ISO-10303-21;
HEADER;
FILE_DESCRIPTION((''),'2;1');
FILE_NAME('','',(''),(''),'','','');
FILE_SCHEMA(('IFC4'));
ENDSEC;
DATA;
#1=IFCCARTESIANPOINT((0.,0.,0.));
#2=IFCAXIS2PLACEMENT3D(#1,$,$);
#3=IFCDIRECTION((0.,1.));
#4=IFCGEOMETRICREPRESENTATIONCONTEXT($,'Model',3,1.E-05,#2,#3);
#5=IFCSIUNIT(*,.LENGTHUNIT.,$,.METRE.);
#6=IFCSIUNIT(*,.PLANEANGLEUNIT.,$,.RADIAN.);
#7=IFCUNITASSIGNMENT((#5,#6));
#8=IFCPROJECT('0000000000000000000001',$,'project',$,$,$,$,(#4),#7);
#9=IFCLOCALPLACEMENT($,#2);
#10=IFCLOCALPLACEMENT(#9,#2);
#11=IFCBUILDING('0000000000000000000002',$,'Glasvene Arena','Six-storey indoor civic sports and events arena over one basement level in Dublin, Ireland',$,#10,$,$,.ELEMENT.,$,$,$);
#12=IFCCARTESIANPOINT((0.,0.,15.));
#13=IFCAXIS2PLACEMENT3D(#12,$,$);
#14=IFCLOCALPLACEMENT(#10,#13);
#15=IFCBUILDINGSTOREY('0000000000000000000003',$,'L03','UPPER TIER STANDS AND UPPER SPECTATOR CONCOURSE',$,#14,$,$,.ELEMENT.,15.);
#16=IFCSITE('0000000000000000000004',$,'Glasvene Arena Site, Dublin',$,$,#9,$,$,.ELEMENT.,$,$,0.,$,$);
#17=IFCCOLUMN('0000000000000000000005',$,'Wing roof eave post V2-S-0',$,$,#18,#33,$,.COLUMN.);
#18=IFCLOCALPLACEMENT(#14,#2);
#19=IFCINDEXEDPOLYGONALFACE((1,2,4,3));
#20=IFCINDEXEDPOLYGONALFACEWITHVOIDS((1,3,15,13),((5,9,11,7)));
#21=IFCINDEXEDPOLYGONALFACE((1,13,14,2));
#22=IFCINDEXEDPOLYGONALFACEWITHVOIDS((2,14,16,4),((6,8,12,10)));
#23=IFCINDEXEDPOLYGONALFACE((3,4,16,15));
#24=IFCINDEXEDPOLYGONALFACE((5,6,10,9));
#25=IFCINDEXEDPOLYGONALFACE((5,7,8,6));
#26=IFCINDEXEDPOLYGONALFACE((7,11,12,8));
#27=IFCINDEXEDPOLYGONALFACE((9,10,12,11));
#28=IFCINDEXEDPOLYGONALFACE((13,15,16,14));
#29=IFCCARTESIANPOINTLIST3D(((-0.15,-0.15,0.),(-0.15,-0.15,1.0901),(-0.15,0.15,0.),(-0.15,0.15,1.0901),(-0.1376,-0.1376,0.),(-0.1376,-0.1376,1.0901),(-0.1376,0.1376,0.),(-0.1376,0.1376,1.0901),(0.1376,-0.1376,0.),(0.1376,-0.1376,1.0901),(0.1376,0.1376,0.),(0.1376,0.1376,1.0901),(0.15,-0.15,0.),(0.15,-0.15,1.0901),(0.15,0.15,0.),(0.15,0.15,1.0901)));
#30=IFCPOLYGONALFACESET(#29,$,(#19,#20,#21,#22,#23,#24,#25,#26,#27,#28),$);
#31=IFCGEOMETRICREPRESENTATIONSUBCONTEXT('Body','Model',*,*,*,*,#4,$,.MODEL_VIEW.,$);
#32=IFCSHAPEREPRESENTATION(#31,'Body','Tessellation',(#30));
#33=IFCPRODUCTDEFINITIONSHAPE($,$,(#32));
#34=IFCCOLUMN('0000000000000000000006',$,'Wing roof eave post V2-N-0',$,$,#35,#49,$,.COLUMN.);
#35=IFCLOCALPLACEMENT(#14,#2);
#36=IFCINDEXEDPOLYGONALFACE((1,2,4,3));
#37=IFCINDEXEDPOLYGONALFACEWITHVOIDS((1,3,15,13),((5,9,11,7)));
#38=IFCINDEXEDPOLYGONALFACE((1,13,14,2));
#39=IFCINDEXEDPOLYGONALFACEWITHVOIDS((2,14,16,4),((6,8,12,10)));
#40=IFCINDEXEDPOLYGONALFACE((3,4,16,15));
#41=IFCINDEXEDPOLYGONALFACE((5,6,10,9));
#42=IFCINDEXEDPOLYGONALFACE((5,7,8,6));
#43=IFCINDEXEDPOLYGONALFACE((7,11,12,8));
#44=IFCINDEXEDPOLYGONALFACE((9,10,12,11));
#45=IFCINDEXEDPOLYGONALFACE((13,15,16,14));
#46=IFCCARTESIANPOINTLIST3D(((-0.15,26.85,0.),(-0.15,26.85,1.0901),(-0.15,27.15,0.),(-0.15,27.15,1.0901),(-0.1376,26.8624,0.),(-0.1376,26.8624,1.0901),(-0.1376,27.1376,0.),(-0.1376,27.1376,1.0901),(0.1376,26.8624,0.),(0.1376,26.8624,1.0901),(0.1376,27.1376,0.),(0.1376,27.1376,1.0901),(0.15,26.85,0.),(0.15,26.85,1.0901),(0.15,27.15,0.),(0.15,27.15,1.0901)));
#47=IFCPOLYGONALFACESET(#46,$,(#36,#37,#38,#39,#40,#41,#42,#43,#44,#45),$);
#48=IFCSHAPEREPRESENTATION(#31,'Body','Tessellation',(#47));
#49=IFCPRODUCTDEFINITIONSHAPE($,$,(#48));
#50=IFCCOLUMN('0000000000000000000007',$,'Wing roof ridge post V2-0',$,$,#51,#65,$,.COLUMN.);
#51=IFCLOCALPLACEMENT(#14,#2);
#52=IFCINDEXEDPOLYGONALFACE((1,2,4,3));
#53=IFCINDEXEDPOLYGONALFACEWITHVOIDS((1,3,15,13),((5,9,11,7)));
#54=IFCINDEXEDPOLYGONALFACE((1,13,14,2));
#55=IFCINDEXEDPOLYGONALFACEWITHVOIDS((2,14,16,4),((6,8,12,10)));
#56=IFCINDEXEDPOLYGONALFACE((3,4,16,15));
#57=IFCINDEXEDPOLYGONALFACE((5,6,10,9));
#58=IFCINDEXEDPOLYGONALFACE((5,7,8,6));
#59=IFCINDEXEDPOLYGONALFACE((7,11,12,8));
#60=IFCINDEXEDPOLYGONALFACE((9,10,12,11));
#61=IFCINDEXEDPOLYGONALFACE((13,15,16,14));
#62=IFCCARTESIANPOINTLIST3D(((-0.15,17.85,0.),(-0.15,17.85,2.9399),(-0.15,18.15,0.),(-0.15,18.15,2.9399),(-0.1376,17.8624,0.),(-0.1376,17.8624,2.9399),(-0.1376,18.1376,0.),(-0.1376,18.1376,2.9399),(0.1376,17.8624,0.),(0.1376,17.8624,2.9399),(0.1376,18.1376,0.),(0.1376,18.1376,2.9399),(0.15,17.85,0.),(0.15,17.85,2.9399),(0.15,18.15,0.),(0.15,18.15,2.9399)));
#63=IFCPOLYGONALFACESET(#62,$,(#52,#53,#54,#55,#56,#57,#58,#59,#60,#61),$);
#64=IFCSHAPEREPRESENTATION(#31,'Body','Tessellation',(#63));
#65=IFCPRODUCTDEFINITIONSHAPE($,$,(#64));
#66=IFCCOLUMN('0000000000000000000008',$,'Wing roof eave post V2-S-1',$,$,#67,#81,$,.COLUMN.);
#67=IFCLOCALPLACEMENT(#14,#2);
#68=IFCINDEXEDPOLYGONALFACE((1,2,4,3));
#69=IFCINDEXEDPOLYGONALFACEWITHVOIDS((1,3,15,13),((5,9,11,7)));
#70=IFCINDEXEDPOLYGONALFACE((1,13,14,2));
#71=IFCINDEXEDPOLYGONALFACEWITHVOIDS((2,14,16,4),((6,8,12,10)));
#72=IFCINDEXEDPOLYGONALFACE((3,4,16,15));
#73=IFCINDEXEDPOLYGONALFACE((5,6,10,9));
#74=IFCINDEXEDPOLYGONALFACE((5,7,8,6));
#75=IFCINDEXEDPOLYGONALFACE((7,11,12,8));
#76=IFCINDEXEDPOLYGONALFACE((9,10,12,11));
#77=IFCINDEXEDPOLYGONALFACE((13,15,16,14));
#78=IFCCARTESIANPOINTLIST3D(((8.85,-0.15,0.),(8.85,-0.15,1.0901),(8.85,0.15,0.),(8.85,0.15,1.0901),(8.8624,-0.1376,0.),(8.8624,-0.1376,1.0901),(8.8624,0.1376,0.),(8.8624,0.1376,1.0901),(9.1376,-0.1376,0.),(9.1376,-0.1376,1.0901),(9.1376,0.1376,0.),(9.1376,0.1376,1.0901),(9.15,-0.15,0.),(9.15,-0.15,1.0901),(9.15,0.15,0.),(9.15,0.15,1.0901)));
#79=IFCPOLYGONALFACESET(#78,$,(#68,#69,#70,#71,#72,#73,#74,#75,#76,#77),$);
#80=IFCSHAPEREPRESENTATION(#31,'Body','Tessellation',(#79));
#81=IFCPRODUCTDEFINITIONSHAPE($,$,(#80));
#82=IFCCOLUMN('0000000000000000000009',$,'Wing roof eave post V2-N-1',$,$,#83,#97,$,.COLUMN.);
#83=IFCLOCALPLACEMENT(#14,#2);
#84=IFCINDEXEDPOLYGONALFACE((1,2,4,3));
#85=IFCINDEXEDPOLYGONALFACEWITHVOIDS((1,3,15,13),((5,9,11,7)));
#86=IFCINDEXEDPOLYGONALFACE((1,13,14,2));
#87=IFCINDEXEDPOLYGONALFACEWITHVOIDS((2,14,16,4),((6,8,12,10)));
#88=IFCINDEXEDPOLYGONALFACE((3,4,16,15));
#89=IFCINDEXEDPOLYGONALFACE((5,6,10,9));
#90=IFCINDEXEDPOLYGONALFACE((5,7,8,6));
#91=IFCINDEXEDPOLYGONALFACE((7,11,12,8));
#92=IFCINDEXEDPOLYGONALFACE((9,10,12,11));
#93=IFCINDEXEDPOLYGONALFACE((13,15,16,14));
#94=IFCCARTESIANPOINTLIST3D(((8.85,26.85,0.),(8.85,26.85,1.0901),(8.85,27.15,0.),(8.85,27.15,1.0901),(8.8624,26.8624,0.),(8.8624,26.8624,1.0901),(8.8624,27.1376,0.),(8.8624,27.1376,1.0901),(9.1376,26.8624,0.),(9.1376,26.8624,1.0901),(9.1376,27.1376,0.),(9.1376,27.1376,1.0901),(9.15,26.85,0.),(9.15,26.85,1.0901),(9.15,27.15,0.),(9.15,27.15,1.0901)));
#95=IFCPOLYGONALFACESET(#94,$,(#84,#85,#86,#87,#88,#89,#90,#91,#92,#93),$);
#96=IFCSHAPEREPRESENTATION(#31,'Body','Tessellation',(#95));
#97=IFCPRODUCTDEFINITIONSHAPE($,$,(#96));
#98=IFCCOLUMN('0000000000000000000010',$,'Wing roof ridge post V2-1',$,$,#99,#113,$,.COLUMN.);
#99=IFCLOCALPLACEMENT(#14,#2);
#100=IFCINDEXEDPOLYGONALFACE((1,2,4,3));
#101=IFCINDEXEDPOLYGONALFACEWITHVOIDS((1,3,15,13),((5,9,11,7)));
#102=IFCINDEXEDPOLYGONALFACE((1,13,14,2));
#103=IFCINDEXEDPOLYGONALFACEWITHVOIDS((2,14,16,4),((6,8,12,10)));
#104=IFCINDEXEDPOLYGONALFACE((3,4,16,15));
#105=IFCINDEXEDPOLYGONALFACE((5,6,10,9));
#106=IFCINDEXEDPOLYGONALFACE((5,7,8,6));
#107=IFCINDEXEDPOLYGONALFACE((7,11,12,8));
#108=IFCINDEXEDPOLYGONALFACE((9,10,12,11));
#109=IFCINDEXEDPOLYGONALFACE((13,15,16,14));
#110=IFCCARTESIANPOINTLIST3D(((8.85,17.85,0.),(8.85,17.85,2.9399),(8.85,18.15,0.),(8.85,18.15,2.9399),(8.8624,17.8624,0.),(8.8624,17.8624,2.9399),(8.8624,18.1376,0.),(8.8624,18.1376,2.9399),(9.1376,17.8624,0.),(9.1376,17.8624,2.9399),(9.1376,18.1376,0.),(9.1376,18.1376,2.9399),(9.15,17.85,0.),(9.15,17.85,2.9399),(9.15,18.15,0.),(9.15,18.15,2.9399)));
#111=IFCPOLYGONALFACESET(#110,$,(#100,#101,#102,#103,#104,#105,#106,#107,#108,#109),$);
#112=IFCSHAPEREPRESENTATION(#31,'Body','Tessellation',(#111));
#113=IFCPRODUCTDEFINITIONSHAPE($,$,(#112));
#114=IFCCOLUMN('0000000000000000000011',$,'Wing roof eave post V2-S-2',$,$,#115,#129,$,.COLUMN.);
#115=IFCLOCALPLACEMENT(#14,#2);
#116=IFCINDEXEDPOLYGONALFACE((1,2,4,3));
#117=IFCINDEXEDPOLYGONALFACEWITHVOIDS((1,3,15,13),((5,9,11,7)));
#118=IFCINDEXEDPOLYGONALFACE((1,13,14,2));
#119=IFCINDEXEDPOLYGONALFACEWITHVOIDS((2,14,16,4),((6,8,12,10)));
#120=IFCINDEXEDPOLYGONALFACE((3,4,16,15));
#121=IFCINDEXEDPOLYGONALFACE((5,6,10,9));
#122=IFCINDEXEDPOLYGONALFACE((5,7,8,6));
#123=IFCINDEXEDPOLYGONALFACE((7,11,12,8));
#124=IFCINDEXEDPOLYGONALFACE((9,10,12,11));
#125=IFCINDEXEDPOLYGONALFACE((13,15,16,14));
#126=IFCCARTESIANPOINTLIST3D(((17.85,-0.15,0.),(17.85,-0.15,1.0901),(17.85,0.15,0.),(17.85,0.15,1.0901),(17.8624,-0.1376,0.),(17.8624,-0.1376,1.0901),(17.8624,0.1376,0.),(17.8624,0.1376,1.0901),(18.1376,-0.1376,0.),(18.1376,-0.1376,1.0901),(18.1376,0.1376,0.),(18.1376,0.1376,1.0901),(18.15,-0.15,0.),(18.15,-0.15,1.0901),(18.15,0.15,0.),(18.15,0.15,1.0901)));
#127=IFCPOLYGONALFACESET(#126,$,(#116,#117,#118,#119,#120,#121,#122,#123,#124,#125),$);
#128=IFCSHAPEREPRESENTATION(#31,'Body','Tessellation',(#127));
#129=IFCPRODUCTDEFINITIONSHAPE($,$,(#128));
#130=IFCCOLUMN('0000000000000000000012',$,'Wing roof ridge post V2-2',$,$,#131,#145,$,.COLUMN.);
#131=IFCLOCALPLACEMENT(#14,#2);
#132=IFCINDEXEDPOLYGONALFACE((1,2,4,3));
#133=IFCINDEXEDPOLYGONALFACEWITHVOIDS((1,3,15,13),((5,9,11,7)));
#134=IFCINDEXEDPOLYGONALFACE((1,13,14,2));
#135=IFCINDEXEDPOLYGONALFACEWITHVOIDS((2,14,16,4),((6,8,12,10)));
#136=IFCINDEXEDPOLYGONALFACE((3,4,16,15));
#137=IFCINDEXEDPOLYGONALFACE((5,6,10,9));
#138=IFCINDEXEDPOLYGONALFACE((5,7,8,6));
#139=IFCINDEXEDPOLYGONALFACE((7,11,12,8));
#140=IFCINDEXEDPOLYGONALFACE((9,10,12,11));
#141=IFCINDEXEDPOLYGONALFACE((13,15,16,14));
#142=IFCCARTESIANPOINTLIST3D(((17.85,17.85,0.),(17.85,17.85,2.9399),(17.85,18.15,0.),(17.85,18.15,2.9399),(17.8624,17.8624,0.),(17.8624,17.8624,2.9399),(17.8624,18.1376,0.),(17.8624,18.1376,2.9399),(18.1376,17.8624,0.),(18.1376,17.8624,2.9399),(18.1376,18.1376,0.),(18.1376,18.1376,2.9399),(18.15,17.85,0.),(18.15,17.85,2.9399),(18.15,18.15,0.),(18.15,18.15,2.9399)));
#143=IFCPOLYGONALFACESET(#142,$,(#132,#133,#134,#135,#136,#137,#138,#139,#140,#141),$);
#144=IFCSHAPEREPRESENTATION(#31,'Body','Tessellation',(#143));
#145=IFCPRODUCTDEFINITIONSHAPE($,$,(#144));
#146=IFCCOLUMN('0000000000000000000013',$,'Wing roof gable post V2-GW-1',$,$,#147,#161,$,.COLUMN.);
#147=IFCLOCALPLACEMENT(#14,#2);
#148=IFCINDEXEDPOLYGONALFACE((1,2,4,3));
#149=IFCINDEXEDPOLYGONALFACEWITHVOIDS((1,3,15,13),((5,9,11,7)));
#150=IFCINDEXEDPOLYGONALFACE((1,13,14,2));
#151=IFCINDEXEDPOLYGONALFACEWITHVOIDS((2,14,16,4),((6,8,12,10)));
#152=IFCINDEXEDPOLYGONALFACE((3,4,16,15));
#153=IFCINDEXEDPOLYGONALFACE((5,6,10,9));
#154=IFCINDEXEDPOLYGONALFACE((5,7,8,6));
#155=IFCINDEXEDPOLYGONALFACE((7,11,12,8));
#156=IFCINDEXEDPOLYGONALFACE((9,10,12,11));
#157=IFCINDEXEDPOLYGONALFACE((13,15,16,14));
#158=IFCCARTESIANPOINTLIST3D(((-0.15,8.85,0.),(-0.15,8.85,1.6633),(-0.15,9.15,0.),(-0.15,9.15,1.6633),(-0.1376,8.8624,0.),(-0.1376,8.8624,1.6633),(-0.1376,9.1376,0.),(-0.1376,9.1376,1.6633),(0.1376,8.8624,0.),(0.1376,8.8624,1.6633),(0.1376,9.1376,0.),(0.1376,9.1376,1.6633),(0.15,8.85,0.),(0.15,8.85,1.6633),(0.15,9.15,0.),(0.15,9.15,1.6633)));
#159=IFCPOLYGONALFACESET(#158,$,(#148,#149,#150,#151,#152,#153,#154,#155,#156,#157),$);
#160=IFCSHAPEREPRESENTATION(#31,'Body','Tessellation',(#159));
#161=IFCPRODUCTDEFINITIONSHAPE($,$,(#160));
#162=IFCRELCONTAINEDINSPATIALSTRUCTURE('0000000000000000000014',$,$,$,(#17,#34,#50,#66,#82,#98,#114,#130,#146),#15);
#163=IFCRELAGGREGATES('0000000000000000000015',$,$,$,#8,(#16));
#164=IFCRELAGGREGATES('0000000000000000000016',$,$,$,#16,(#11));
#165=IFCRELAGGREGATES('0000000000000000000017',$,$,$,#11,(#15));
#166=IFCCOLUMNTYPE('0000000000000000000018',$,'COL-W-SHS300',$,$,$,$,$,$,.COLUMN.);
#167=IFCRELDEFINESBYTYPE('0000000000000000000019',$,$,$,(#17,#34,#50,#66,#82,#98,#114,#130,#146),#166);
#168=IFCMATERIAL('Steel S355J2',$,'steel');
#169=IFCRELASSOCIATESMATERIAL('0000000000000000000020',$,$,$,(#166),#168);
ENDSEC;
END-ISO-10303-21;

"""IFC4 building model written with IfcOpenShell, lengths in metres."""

from ifc_helpers import new_model, si_unit, direction, frame, origin, origin_2d, place, context, subcontext, project, spatial, hollow_rectangle, extrude, material, material_profile, profile_set, type_object, element, save


model = new_model("IFC4")

# Units and contexts
model_context = context("Model", 3, precision=1e-05, world=origin(), true_north=direction((0.0, 1.0)))
body_context = subcontext(model_context, "Body", "Model", "MODEL_VIEW")
ifc_project = project(units=[si_unit("LENGTHUNIT", "METRE"), si_unit("PLANEANGLEUNIT", "RADIAN")], contexts=[model_context])

# Site, building, storey
site_placement = place(None, origin())
site = spatial("IfcSite", under=ifc_project, at=site_placement, Name="Glasvene Arena Site, Dublin", CompositionType="ELEMENT", RefElevation=0.0)
building_placement = place(site_placement, origin())
building = spatial("IfcBuilding", under=site, at=building_placement, Name="Glasvene Arena", Description="Six-storey indoor civic sports and events arena over one basement level in Dublin, Ireland", CompositionType="ELEMENT")
storey_placement = place(building_placement, frame((0.0, 0.0, 15.0)))
storey = spatial("IfcBuildingStorey", under=building, at=storey_placement, Name="L03", Description="UPPER TIER STANDS AND UPPER SPECTATOR CONCOURSE", CompositionType="ELEMENT", Elevation=15.0)

# Columns
ifc_material_1 = material(Name="Steel S355J2", Category="steel")
ifc_material_profile_1 = material_profile(ifc_material_1, hollow_rectangle(XDim=0.3, YDim=0.3, WallThickness=0.0125, at=origin_2d()), Name="SHS 300x300x12.5")
ifc_profile_set_1 = profile_set([ifc_material_profile_1], Name="Steel S355J2")
column_type = type_object("IfcColumnType", Name="COL-W-SHS300", PredefinedType="COLUMN", material=ifc_profile_set_1)
for number, where, z_axis, x_axis, name in (
    (1, (0.0, 0.0, 0.0), (0.0, 0.0, 1.0), (1.0, 0.0, 0.0), "Wing roof eave post V2-S-0"),
    (2, (0.0, 27.0, 0.0), (0.0, 0.0, 1.0), (1.0, 0.0, 0.0), "Wing roof eave post V2-N-0"),
):
    element("IfcColumn", number, at=place(storey_placement, frame(where, z_axis=z_axis, x_axis=x_axis)), inside=storey, type_object=column_type, Name=name, PredefinedType="COLUMN", context=body_context, shape_type="SweptSolid", body=[
        extrude(hollow_rectangle(XDim=0.3, YDim=0.3, WallThickness=0.0125, at=origin_2d()), origin(), (0.0, 0.0, 1.0), 1.0901),
    ])
column_1_placement = place(storey_placement, frame((0.0, 18.0, 0.0), z_axis=(0.0, 0.0, 1.0), x_axis=(1.0, 0.0, 0.0)))
element("IfcColumn", 3, at=column_1_placement, inside=storey, type_object=column_type, Name="Wing roof ridge post V2-0", PredefinedType="COLUMN", context=body_context, shape_type="SweptSolid", body=[
    extrude(hollow_rectangle(XDim=0.3, YDim=0.3, WallThickness=0.0125, at=origin_2d()), origin(), (0.0, 0.0, 1.0), 2.9399),
])
for number, where, z_axis, x_axis, name in (
    (4, (9.0, 0.0, 0.0), (0.0, 0.0, 1.0), (1.0, 0.0, 0.0), "Wing roof eave post V2-S-1"),
    (5, (9.0, 27.0, 0.0), (0.0, 0.0, 1.0), (1.0, 0.0, 0.0), "Wing roof eave post V2-N-1"),
):
    element("IfcColumn", number, at=place(storey_placement, frame(where, z_axis=z_axis, x_axis=x_axis)), inside=storey, type_object=column_type, Name=name, PredefinedType="COLUMN", context=body_context, shape_type="SweptSolid", body=[
        extrude(hollow_rectangle(XDim=0.3, YDim=0.3, WallThickness=0.0125, at=origin_2d()), origin(), (0.0, 0.0, 1.0), 1.0901),
    ])
column_2_placement = place(storey_placement, frame((9.0, 18.0, 0.0), z_axis=(0.0, 0.0, 1.0), x_axis=(1.0, 0.0, 0.0)))
element("IfcColumn", 6, at=column_2_placement, inside=storey, type_object=column_type, Name="Wing roof ridge post V2-1", PredefinedType="COLUMN", context=body_context, shape_type="SweptSolid", body=[
    extrude(hollow_rectangle(XDim=0.3, YDim=0.3, WallThickness=0.0125, at=origin_2d()), origin(), (0.0, 0.0, 1.0), 2.9399),
])
column_3_placement = place(storey_placement, frame((18.0, 0.0, 0.0), z_axis=(0.0, 0.0, 1.0), x_axis=(1.0, 0.0, 0.0)))
element("IfcColumn", 7, at=column_3_placement, inside=storey, type_object=column_type, Name="Wing roof eave post V2-S-2", PredefinedType="COLUMN", context=body_context, shape_type="SweptSolid", body=[
    extrude(hollow_rectangle(XDim=0.3, YDim=0.3, WallThickness=0.0125, at=origin_2d()), origin(), (0.0, 0.0, 1.0), 1.0901),
])
column_4_placement = place(storey_placement, frame((18.0, 18.0, 0.0), z_axis=(0.0, 0.0, 1.0), x_axis=(1.0, 0.0, 0.0)))
element("IfcColumn", 8, at=column_4_placement, inside=storey, type_object=column_type, Name="Wing roof ridge post V2-2", PredefinedType="COLUMN", context=body_context, shape_type="SweptSolid", body=[
    extrude(hollow_rectangle(XDim=0.3, YDim=0.3, WallThickness=0.0125, at=origin_2d()), origin(), (0.0, 0.0, 1.0), 2.9399),
])
column_5_placement = place(storey_placement, frame((0.0, 9.0, 0.0), z_axis=(0.0, 0.0, 1.0), x_axis=(1.0, 0.0, 0.0)))
element("IfcColumn", 9, at=column_5_placement, inside=storey, type_object=column_type, Name="Wing roof gable post V2-GW-1", PredefinedType="COLUMN", context=body_context, shape_type="SweptSolid", body=[
    extrude(hollow_rectangle(XDim=0.3, YDim=0.3, WallThickness=0.0125, at=origin_2d()), origin(), (0.0, 0.0, 1.0), 1.6633),
])

save(model, "model.ifc")
